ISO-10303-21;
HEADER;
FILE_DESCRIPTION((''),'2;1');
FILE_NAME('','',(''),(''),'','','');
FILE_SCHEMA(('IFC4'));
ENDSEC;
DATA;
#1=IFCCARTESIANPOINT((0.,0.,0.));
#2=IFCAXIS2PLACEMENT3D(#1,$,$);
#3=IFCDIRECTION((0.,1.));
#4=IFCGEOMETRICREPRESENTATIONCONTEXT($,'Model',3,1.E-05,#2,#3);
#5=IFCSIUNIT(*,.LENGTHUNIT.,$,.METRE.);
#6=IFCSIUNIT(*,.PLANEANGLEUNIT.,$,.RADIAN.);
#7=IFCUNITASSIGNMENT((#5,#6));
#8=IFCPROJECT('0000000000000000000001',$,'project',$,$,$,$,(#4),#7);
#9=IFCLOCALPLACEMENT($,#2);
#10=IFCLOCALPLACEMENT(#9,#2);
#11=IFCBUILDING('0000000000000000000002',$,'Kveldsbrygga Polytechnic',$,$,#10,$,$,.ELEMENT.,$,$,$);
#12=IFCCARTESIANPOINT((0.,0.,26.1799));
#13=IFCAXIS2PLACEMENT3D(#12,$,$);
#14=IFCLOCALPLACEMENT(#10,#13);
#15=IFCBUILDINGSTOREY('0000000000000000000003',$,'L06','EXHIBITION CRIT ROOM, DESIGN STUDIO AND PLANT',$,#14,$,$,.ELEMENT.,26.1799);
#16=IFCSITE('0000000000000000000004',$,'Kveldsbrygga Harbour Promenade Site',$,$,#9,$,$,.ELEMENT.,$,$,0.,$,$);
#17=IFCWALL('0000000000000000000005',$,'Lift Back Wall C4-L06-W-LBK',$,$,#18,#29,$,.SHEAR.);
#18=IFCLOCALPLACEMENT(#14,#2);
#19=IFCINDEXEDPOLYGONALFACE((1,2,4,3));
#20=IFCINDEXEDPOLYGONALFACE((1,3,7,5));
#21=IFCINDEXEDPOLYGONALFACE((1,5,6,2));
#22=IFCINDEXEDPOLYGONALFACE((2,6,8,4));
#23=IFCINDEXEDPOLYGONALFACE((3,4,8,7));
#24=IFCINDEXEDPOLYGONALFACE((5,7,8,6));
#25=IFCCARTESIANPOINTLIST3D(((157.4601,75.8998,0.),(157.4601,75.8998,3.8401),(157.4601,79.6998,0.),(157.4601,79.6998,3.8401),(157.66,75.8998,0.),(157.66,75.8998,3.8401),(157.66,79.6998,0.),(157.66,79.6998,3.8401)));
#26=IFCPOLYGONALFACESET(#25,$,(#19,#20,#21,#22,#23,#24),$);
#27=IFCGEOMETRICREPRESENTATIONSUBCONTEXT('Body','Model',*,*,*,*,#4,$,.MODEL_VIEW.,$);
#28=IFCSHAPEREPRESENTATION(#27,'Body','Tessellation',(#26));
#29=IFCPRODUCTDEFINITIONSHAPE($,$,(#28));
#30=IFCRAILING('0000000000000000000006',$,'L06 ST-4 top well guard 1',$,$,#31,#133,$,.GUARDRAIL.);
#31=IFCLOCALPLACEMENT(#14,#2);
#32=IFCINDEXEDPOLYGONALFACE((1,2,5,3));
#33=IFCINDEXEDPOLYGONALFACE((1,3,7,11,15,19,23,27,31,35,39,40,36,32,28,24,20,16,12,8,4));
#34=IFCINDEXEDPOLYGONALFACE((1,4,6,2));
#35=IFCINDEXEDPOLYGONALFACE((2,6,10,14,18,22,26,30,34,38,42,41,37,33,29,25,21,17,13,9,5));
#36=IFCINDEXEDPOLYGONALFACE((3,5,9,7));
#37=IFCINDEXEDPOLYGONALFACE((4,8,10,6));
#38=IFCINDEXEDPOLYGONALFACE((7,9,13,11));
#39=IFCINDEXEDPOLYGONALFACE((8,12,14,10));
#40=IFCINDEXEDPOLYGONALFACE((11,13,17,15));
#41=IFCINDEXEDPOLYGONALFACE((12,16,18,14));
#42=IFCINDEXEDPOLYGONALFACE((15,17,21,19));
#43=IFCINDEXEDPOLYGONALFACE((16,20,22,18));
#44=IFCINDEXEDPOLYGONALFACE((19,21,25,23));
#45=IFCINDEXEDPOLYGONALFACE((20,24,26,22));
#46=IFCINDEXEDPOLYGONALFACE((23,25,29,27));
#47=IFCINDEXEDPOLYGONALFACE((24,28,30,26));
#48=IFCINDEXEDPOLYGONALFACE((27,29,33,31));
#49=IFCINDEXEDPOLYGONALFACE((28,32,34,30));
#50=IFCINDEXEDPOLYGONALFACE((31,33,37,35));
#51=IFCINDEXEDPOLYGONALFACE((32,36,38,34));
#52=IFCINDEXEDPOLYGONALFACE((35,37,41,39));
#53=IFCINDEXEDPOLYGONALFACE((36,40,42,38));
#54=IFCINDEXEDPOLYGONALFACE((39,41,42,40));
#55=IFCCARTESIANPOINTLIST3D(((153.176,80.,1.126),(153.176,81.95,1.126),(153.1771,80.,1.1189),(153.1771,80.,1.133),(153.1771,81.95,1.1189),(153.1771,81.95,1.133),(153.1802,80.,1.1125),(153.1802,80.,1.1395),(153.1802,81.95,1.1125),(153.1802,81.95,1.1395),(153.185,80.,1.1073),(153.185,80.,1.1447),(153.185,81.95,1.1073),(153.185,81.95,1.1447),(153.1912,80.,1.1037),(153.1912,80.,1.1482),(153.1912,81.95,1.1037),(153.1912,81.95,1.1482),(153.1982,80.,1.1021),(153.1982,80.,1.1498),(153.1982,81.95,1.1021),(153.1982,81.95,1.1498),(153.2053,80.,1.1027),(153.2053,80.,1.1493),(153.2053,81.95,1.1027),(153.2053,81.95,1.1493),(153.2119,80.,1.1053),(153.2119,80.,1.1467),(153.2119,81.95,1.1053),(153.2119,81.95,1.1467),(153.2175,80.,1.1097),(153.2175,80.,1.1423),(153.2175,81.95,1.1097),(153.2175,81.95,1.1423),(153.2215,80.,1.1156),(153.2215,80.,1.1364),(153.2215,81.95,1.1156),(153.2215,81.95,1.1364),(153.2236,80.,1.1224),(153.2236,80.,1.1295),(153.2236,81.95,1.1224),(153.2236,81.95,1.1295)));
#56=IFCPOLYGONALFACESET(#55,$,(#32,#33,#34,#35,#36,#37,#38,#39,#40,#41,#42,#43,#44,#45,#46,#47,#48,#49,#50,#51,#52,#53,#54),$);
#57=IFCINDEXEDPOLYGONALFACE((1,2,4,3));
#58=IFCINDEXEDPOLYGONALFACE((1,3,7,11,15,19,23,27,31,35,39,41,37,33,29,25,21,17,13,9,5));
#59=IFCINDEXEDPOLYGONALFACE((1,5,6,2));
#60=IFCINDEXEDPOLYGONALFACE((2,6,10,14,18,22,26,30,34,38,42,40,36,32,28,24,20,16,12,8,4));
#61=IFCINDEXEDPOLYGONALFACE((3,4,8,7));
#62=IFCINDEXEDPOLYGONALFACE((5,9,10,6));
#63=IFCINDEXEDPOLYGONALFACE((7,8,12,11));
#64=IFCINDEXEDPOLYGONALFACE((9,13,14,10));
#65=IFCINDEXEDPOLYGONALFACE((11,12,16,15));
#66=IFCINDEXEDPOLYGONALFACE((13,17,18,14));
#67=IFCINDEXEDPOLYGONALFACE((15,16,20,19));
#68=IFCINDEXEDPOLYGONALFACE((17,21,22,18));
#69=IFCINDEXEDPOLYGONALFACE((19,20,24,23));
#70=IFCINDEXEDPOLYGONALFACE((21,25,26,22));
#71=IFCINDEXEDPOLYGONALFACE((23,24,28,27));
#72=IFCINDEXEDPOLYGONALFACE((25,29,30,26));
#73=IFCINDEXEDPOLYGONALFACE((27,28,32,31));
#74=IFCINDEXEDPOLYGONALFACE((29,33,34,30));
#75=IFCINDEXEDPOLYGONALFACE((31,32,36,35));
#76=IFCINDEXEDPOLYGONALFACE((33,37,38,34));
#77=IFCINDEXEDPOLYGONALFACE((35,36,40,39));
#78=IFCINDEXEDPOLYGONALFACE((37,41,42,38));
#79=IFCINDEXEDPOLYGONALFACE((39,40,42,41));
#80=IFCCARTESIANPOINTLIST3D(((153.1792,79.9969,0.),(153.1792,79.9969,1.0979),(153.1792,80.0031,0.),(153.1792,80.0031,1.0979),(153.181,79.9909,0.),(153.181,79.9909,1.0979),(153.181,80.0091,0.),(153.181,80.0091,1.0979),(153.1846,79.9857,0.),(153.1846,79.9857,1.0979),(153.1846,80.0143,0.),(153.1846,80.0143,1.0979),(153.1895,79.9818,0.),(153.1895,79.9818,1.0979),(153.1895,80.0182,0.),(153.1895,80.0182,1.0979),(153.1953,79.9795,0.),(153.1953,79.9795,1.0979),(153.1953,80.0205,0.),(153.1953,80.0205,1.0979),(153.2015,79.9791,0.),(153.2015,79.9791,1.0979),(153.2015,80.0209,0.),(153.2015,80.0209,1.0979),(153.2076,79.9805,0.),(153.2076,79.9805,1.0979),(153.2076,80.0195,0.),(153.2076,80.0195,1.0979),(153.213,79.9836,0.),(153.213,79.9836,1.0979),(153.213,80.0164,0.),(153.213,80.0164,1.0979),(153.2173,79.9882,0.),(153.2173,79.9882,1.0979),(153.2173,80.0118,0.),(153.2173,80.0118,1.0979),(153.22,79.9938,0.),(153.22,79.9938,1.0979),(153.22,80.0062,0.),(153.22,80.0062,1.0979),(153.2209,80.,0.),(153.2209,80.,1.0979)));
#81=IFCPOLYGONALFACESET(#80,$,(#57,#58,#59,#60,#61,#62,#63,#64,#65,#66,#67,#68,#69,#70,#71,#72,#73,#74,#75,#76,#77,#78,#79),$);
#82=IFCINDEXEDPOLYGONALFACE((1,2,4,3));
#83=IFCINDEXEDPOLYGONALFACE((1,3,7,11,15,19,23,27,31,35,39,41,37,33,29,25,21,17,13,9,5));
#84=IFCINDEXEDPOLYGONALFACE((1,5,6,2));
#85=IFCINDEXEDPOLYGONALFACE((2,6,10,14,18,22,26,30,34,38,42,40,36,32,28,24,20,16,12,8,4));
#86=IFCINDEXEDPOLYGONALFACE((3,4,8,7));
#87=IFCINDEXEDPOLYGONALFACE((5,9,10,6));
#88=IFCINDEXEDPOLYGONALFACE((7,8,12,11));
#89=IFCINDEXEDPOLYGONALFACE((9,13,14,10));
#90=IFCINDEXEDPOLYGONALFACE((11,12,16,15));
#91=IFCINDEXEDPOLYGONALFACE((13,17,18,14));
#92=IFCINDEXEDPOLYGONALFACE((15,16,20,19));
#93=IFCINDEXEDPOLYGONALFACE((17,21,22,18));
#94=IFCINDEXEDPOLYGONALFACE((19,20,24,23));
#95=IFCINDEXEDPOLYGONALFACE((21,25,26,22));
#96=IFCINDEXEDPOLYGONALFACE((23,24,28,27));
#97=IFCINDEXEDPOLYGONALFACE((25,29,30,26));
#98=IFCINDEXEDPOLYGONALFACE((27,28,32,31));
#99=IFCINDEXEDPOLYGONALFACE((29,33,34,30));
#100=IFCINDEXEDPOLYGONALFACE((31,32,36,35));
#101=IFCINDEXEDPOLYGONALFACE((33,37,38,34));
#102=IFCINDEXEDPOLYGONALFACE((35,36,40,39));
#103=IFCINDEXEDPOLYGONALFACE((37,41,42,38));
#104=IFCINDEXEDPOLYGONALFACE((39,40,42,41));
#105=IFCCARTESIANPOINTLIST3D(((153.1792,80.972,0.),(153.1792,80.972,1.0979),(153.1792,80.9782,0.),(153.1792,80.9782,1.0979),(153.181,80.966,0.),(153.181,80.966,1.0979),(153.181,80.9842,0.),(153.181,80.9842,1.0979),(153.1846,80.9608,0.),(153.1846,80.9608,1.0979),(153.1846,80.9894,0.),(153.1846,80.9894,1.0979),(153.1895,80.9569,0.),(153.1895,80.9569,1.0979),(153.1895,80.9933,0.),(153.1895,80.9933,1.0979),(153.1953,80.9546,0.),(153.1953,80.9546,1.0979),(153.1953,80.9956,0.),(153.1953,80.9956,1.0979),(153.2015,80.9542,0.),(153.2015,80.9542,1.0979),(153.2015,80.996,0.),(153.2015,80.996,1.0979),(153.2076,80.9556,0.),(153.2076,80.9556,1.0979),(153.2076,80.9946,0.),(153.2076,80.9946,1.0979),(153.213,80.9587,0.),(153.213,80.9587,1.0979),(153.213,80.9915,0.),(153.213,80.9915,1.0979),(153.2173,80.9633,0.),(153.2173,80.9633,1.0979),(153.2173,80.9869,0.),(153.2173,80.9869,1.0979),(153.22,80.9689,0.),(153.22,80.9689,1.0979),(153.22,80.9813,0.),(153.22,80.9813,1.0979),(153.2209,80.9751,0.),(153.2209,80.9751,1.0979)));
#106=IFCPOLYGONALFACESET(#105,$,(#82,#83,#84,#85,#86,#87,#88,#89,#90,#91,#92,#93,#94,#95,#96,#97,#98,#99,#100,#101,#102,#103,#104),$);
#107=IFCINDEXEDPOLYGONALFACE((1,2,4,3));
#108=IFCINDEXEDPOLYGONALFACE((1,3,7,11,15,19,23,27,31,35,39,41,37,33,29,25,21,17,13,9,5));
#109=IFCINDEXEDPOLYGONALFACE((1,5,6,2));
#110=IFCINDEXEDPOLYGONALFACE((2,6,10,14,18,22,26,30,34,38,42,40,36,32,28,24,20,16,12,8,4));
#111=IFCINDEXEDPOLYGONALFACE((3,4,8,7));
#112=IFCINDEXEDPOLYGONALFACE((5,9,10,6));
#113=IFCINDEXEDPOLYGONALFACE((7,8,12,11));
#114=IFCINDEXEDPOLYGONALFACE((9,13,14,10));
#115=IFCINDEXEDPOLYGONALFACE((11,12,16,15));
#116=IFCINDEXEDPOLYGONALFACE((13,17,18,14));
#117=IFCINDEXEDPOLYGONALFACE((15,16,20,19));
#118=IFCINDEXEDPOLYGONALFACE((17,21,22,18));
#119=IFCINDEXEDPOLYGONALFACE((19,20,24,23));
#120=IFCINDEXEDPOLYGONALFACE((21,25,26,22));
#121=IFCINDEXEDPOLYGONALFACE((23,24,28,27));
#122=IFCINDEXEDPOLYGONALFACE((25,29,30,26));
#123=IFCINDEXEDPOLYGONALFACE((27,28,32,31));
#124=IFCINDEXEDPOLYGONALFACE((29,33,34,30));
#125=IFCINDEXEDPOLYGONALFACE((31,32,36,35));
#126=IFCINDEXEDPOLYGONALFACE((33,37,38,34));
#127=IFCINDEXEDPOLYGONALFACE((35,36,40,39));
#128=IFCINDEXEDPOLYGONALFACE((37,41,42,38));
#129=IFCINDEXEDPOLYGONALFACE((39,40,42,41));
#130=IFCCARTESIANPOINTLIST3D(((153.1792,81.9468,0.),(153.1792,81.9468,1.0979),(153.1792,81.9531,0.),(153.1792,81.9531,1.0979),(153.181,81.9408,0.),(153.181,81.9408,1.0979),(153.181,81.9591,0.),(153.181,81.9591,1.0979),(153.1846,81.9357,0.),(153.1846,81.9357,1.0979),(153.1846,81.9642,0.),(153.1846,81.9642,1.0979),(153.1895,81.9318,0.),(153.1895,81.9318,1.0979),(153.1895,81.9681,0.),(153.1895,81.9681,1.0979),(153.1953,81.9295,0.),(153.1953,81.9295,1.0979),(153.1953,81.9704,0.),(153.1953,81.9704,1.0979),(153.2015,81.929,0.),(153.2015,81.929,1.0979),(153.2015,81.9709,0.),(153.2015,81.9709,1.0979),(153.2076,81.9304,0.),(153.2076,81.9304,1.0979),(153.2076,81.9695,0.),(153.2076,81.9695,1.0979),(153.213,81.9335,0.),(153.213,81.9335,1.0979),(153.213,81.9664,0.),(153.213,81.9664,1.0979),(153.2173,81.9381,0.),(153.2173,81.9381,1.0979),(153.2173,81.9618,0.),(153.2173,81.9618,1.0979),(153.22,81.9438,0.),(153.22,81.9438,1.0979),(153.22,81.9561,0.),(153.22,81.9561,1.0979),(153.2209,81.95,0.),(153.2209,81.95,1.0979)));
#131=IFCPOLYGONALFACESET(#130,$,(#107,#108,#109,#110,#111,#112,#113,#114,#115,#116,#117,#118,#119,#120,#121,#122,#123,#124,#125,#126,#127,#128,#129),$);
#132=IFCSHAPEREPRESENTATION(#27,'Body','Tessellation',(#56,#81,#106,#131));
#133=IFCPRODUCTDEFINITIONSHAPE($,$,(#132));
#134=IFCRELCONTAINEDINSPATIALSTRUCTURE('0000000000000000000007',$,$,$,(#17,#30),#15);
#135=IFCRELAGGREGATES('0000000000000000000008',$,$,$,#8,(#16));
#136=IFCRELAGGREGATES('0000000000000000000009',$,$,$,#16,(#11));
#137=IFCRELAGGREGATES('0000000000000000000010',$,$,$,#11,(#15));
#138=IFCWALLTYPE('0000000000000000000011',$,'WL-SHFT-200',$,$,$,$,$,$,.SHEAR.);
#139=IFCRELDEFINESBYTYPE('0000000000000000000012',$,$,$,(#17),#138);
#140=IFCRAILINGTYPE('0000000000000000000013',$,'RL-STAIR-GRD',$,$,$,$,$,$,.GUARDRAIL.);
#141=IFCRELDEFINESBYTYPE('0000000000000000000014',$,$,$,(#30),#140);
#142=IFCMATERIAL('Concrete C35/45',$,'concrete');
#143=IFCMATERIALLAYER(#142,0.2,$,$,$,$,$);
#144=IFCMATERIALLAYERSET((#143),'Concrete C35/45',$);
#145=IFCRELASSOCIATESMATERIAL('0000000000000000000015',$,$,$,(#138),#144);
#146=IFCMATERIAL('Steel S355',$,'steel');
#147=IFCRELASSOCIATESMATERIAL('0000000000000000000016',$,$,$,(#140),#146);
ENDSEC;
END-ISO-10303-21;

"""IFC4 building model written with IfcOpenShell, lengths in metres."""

from ifc_helpers import new_model, si_unit, direction, frame, frame_2d, origin, origin_2d, place, context, subcontext, project, spatial, rectangle, circle, extrude, material, layer, layer_set, type_object, element, save


model = new_model("IFC4")

# Units and contexts
model_context = context("Model", 3, precision=1e-05, world=origin(), true_north=direction((0.0, 1.0)))
body_context = subcontext(model_context, "Body", "Model", "MODEL_VIEW")
ifc_project = project(units=[si_unit("LENGTHUNIT", "METRE"), si_unit("PLANEANGLEUNIT", "RADIAN")], contexts=[model_context])

# Site, building, storey
site_placement = place(None, origin())
site = spatial("IfcSite", under=ifc_project, at=site_placement, Name="Kveldsbrygga Harbour Promenade Site", CompositionType="ELEMENT", RefElevation=0.0)
building_placement = place(site_placement, origin())
building = spatial("IfcBuilding", under=site, at=building_placement, Name="Kveldsbrygga Polytechnic", CompositionType="ELEMENT")
storey_placement = place(building_placement, frame((0.0, 0.0, 26.1799)))
storey = spatial("IfcBuildingStorey", under=building, at=storey_placement, Name="L06", Description="EXHIBITION CRIT ROOM, DESIGN STUDIO AND PLANT", CompositionType="ELEMENT", Elevation=26.1799)

# Shared definitions
ifc_material_1 = material(Name="Steel S355", Category="steel")

# Shared definitions
ifc_material_2 = material(Name="Concrete C35/45", Category="concrete")

# Shared definitions
ifc_layer_1 = layer(ifc_material_2, 0.2)
ifc_layer_set_1 = layer_set([ifc_layer_1], Name="Concrete C35/45")
wall_type_1 = type_object("IfcWallType", Name="WL-SHFT-200", PredefinedType="SHEAR", material=ifc_layer_set_1)

# Wall
wall_1_placement = place(storey_placement, frame((157.5601, 75.8999, 0.0), z_axis=(0.0, 0.0, 1.0), x_axis=(0.0, 1.0, 0.0)))
element("IfcWall", 1, at=wall_1_placement, inside=storey, type_object=wall_type_1, Name="Lift Back Wall C4-L06-W-LBK", PredefinedType="SHEAR", context=body_context, shape_type="SweptSolid", body=[
    extrude(rectangle(XDim=3.8, YDim=0.2, at=frame_2d((1.8999, 0.0))), origin(), (0.0, 0.0, 1.0), 3.8401),
])

# Railing
railing_type = type_object("IfcRailingType", Name="RL-STAIR-GRD", PredefinedType="GUARDRAIL", material=ifc_material_1)
railing_placement = place(storey_placement, frame((153.2, 80.0, 0.0)))
element("IfcRailing", 2, at=railing_placement, inside=storey, type_object=railing_type, Name="L06 ST-4 top well guard 1", PredefinedType="GUARDRAIL", context=body_context, shape_type="SweptSolid", body=[
    extrude(circle(Radius=0.0239, at=origin_2d()), frame((0.0, 0.0, 1.126), z_axis=(0.0, 1.0, 0.0), x_axis=(-1.0, 0.0, 0.0)), (0.0, 0.0, 1.0), 1.95),
    extrude(circle(Radius=0.021, at=origin_2d()), origin(), (0.0, 0.0, 1.0), 1.0979),
    extrude(circle(Radius=0.021, at=origin_2d()), frame((0.0, 0.9751, 0.0)), (0.0, 0.0, 1.0), 1.0979),
    extrude(circle(Radius=0.021, at=origin_2d()), frame((0.0, 1.95, 0.0)), (0.0, 0.0, 1.0), 1.0979),
])

save(model, "model.ifc")
